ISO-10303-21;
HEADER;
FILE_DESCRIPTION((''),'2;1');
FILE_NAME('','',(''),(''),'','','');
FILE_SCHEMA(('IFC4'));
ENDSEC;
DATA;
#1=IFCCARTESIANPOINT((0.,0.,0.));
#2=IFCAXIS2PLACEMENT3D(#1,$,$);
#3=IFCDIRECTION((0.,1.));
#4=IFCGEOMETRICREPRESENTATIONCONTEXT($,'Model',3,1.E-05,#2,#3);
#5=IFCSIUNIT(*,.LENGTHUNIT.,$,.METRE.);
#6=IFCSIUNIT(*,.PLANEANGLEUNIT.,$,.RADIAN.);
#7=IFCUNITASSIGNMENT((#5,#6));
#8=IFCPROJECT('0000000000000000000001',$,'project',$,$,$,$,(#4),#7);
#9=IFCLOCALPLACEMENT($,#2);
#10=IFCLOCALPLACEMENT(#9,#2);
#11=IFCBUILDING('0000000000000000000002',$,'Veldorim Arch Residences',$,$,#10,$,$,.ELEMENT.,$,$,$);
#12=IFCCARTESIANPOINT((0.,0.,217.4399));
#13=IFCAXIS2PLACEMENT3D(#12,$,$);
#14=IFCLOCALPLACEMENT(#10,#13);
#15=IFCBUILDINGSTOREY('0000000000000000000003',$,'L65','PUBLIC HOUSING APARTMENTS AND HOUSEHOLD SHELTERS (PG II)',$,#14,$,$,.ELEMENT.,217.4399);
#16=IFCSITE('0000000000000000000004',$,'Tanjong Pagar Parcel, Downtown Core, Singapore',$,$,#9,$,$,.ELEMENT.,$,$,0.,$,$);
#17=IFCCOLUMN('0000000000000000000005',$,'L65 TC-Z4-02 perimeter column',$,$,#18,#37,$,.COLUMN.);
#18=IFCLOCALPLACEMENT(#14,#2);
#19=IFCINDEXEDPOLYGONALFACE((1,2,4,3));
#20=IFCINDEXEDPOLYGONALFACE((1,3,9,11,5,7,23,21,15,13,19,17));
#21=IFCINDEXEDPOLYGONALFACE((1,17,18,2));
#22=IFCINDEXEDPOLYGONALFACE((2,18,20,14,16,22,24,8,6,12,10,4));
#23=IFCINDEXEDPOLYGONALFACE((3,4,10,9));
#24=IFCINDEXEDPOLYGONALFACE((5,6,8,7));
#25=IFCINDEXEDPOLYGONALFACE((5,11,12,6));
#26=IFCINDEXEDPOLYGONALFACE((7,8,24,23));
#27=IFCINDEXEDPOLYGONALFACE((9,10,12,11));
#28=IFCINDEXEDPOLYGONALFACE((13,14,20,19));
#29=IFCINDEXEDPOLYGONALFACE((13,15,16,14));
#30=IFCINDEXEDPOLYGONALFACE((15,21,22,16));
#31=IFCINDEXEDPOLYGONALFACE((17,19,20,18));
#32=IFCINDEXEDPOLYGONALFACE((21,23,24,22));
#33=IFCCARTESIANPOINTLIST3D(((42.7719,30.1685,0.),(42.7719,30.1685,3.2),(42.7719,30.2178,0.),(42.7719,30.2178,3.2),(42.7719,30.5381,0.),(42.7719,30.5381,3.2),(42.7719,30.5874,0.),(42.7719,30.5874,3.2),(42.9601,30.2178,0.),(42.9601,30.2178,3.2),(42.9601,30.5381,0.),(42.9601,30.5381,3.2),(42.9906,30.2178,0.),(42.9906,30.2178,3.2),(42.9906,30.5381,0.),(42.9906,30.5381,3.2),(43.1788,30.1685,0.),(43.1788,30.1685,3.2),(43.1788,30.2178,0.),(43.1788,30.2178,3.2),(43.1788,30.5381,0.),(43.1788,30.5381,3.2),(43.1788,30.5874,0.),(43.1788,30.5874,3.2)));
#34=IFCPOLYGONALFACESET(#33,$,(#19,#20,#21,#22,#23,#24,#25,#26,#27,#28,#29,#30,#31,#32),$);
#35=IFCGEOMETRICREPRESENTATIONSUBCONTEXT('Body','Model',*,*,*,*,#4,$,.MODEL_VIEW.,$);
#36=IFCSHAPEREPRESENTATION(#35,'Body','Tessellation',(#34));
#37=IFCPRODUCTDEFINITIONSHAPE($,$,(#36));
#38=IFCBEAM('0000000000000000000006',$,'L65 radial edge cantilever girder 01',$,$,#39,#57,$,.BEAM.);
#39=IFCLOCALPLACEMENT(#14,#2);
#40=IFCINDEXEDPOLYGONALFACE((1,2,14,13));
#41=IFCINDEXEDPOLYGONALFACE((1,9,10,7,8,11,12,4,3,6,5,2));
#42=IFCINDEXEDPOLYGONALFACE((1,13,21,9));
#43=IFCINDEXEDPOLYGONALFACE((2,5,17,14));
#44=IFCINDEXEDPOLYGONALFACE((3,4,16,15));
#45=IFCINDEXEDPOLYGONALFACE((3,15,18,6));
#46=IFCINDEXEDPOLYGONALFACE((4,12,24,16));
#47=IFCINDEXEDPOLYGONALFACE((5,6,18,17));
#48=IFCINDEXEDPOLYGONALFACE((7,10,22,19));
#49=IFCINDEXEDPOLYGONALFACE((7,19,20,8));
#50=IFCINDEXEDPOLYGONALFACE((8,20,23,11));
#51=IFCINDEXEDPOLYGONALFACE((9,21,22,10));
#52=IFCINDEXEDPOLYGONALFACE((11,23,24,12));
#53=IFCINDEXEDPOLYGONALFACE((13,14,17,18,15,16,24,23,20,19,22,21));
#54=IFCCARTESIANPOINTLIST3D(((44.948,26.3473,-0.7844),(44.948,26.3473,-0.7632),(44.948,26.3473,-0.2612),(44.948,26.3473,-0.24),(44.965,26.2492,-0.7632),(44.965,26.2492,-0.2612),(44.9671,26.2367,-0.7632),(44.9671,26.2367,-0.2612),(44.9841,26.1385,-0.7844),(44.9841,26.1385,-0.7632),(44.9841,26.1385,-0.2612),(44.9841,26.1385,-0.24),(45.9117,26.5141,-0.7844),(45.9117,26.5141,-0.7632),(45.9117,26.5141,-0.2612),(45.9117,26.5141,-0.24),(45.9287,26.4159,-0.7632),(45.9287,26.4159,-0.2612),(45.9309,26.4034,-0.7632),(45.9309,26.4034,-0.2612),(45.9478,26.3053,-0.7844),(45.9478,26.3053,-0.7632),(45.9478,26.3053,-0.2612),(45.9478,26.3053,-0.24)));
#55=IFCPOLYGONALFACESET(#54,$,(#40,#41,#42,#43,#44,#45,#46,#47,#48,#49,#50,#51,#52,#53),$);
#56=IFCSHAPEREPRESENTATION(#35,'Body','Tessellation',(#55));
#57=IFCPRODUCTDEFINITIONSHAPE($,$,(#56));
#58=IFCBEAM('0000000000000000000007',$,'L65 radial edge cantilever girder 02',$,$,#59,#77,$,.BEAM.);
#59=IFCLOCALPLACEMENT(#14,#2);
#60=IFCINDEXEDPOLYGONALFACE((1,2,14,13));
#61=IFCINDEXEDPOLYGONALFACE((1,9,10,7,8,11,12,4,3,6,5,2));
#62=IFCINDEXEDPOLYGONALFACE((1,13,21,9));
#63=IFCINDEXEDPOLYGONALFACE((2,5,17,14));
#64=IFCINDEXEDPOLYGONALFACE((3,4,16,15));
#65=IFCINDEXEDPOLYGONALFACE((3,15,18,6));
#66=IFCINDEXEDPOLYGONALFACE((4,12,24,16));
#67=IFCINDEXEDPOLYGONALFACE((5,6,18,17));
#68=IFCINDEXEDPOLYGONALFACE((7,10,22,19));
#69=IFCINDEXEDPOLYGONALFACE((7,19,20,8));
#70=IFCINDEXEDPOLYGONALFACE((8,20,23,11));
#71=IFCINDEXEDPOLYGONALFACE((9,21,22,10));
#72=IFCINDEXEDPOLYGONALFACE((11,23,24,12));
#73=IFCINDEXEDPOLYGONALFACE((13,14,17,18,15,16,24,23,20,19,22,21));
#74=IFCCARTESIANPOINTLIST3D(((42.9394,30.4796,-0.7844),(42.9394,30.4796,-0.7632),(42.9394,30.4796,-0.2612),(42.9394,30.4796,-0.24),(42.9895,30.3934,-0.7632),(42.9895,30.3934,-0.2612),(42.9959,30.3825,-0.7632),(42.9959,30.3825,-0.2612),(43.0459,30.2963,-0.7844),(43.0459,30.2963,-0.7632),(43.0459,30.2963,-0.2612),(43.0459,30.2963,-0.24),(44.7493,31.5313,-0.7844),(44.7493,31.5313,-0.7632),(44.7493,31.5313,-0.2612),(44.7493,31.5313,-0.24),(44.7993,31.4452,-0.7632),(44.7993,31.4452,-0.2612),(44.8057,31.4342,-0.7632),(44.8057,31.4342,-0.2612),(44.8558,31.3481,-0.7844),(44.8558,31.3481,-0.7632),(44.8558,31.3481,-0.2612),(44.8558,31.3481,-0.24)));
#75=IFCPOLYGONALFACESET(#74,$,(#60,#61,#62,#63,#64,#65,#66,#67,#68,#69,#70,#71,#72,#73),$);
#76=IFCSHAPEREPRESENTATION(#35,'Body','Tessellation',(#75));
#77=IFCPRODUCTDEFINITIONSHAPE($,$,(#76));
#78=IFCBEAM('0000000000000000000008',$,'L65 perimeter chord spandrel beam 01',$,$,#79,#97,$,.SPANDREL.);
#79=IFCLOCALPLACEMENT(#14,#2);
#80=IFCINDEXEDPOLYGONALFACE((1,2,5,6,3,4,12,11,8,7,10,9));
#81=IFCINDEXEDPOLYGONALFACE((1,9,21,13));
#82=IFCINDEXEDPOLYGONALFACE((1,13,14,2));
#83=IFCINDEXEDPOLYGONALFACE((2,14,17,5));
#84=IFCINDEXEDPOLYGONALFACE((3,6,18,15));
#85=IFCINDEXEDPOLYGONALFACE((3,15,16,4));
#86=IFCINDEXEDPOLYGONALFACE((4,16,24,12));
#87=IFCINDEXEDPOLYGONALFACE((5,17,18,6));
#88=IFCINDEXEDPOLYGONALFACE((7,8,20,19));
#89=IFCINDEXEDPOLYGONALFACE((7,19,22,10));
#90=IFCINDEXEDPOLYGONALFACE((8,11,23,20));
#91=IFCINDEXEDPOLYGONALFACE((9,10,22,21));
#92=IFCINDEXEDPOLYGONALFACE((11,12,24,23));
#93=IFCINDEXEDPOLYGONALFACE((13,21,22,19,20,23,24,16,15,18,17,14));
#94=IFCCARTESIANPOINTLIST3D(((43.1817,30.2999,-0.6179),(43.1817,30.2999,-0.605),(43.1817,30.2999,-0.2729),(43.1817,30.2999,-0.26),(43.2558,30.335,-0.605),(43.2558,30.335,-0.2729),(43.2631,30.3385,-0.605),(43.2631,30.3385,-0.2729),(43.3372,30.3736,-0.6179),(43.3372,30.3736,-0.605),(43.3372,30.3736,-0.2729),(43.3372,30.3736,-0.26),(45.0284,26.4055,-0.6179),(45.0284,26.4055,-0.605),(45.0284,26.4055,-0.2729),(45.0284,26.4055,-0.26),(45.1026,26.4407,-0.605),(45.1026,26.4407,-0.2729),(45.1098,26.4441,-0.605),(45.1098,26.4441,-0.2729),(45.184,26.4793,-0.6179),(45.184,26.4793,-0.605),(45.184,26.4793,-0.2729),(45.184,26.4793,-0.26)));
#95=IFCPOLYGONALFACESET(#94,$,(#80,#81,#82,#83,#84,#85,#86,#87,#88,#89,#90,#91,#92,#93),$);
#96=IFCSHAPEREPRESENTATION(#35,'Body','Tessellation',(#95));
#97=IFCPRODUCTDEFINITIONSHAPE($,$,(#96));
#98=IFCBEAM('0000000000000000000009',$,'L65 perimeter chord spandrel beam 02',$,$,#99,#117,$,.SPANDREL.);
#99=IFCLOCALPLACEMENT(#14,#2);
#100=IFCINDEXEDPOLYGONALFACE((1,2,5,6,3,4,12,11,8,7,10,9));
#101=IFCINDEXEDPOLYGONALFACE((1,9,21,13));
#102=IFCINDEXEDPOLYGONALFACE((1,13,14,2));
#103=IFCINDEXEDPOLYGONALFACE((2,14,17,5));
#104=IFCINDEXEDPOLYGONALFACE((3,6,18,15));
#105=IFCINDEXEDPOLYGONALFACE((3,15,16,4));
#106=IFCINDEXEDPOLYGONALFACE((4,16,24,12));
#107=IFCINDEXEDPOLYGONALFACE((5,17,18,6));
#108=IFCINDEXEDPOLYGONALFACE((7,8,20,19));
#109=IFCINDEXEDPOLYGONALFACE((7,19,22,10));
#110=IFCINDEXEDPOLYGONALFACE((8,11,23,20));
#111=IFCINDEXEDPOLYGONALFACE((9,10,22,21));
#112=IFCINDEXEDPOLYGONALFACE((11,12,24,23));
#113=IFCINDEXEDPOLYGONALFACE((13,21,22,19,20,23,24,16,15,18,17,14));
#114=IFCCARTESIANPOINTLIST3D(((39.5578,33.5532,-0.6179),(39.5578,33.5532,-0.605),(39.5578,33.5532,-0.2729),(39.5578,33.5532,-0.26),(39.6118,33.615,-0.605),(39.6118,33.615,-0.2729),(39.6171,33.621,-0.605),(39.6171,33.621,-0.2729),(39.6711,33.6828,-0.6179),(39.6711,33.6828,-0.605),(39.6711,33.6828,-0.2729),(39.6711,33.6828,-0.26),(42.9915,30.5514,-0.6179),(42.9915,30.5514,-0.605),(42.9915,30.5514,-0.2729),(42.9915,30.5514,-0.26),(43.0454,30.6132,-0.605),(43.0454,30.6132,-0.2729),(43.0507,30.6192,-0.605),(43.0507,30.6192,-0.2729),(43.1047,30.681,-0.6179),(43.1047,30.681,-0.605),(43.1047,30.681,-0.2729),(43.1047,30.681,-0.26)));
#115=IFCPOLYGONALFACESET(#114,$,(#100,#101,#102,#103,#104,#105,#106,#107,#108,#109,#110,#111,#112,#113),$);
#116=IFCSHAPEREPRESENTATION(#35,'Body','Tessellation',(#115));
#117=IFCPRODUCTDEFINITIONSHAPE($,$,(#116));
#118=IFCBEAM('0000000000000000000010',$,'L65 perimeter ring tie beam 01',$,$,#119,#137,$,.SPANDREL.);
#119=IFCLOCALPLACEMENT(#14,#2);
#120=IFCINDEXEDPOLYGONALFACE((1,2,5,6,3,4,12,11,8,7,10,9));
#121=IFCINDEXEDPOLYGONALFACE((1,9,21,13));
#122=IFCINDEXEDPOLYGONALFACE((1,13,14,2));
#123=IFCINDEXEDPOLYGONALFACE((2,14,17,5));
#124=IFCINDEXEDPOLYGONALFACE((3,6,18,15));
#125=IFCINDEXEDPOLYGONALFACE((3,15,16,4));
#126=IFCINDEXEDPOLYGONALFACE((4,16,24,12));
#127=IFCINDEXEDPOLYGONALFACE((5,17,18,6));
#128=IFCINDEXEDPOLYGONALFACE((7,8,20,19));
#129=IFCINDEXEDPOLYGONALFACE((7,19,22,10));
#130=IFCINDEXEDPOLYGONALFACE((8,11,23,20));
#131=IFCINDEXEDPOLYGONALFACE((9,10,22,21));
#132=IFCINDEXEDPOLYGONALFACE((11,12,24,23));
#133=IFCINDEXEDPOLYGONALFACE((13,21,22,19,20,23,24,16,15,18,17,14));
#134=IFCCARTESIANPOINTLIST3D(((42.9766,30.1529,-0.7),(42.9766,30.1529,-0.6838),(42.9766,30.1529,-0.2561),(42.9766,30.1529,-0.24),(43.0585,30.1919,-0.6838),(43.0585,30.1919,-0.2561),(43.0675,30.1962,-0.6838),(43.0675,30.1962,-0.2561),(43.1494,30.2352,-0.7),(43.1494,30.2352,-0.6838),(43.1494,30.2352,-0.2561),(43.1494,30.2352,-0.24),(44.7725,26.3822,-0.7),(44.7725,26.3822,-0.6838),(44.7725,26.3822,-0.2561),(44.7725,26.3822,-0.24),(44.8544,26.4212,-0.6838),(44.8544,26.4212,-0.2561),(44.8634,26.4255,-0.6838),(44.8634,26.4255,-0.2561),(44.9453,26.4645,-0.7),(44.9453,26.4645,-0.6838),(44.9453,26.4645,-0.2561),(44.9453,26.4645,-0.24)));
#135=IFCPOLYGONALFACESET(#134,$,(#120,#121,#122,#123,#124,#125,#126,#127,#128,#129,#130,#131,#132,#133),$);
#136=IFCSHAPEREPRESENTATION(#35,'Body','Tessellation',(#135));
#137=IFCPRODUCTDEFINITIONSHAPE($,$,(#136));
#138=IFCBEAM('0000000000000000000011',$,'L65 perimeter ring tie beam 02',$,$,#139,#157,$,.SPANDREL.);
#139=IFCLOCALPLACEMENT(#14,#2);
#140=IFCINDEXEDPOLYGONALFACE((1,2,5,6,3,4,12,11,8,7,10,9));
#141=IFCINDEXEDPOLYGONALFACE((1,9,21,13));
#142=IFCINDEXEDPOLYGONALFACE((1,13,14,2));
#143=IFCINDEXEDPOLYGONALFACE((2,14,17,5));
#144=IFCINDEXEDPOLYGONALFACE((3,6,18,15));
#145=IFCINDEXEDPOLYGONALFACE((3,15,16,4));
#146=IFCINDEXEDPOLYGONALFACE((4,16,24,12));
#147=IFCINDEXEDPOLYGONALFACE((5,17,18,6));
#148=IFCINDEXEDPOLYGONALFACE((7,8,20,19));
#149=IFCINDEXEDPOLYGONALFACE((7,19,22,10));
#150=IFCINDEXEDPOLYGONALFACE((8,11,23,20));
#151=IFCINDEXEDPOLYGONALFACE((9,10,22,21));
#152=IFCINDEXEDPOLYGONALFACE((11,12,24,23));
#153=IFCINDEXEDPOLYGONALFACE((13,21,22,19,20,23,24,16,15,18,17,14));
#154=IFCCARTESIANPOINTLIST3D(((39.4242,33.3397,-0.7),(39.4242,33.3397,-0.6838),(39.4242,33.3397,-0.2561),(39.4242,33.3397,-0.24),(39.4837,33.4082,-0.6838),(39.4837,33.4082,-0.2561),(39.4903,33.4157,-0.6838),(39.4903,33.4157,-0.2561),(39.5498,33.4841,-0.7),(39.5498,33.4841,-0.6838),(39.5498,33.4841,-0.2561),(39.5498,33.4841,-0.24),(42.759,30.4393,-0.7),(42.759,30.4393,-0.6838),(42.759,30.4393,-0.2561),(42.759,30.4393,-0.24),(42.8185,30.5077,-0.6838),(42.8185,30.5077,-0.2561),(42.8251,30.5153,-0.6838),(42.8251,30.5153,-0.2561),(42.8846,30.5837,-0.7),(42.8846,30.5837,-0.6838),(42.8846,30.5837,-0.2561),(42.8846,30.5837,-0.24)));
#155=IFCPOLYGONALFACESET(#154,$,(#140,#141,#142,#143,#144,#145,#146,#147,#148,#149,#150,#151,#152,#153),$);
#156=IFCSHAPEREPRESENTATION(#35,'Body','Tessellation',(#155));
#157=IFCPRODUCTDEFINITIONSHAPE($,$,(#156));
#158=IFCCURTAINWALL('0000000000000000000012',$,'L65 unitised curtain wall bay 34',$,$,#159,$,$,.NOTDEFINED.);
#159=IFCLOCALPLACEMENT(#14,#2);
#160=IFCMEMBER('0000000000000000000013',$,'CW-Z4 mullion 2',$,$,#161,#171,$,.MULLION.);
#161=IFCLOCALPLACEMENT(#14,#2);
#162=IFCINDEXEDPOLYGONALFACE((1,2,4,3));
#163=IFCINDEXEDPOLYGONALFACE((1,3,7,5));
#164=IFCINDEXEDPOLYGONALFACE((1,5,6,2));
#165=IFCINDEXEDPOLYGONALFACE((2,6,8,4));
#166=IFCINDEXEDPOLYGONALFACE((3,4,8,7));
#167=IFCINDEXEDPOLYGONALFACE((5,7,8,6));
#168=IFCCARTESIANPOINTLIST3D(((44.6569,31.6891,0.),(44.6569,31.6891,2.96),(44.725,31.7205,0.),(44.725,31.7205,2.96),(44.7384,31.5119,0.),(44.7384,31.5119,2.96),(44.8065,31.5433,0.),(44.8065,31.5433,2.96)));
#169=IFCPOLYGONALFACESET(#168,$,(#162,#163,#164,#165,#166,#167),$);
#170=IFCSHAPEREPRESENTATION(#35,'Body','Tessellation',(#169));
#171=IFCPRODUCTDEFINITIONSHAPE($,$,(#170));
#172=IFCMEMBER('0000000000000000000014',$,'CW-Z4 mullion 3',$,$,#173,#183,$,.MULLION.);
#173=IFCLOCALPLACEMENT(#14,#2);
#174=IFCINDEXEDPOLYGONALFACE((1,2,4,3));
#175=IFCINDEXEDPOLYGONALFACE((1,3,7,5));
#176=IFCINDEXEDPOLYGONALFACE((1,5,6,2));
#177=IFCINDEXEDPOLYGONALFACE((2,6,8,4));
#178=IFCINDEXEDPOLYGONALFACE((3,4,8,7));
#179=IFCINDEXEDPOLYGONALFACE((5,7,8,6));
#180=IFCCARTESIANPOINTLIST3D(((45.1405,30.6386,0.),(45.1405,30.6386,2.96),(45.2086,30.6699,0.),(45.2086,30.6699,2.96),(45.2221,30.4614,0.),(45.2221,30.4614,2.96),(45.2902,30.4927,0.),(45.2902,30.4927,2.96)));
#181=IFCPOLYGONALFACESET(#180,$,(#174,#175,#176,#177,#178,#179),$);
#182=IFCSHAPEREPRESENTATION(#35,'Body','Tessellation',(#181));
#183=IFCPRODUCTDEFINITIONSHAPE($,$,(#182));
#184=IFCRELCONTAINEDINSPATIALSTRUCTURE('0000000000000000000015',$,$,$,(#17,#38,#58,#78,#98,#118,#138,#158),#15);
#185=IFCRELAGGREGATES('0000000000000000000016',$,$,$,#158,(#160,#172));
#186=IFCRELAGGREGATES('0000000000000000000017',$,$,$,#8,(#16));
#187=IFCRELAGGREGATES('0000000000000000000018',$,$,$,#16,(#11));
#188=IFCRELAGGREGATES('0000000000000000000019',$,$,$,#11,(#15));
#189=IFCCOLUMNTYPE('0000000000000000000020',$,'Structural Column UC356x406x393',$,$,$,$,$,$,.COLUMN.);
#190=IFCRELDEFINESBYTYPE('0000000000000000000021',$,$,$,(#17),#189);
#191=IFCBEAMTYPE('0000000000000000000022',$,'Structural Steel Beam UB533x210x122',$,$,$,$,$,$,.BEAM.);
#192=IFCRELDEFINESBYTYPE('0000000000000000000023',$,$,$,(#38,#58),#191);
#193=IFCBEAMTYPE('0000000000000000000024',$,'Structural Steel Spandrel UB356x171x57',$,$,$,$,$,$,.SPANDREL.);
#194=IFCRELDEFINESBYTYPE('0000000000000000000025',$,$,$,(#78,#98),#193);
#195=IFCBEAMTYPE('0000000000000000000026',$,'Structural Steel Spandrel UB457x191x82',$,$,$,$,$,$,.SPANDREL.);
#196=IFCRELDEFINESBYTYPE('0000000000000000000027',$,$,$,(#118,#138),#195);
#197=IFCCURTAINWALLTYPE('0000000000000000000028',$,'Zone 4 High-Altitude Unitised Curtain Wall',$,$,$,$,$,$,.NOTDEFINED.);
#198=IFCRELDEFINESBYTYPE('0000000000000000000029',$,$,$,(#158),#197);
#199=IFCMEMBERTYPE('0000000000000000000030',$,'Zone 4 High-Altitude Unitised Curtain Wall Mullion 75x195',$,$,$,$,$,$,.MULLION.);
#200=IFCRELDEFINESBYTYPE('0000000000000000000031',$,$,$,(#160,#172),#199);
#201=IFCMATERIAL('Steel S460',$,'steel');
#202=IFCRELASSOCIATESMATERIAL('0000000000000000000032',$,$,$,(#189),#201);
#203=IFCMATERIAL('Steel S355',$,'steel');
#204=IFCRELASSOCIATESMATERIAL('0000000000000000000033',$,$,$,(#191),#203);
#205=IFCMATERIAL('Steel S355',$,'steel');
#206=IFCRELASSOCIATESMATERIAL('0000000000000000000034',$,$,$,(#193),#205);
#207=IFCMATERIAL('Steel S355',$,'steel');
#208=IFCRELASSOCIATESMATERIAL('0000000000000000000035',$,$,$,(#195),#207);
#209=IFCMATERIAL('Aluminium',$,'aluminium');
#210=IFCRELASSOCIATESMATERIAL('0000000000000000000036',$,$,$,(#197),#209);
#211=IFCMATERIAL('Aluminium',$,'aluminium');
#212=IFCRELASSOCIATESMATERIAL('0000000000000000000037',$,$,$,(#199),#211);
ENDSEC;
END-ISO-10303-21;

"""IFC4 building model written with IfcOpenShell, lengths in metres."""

from ifc_helpers import new_model, si_unit, direction, frame, origin, origin_2d, place, context, subcontext, project, spatial, rectangle, i_section, extrude, material, material_profile, profile_set, type_object, element, aggregate, save


model = new_model("IFC4")

# Units and contexts
model_context = context("Model", 3, precision=1e-05, world=origin(), true_north=direction((0.0, 1.0)))
body_context = subcontext(model_context, "Body", "Model", "MODEL_VIEW")
ifc_project = project(units=[si_unit("LENGTHUNIT", "METRE"), si_unit("PLANEANGLEUNIT", "RADIAN")], contexts=[model_context])

# Site, building, storey
site_placement = place(None, origin())
site = spatial("IfcSite", under=ifc_project, at=site_placement, Name="Tanjong Pagar Parcel, Downtown Core, Singapore", CompositionType="ELEMENT", RefElevation=0.0)
building_placement = place(site_placement, origin())
building = spatial("IfcBuilding", under=site, at=building_placement, Name="Veldorim Arch Residences", CompositionType="ELEMENT")
storey_placement = place(building_placement, frame((0.0, 0.0, 217.4399)))
storey = spatial("IfcBuildingStorey", under=building, at=storey_placement, Name="L65", Description="PUBLIC HOUSING APARTMENTS AND HOUSEHOLD SHELTERS (PG II)", CompositionType="ELEMENT", Elevation=217.4399)

# Column
ifc_material_1 = material(Name="Steel S460", Category="steel")
ifc_material_profile_1 = material_profile(ifc_material_1, i_section(OverallWidth=0.407, OverallDepth=0.4189, WebThickness=0.0305, FlangeThickness=0.0493, at=origin_2d()), Name="UC356x406x393")
ifc_profile_set_1 = profile_set([ifc_material_profile_1], Name="Steel S460")
column_type = type_object("IfcColumnType", Name="Structural Column UC356x406x393", PredefinedType="COLUMN", material=ifc_profile_set_1)
column_placement = place(storey_placement, frame((42.9753, 30.3779, 0.0), z_axis=(0.0, 0.0, 1.0), x_axis=(1.0, 0.0, 0.0)))
element("IfcColumn", 1, at=column_placement, inside=storey, type_object=column_type, Name="L65 TC-Z4-02 perimeter column", PredefinedType="COLUMN", context=body_context, shape_type="SweptSolid", body=[
    extrude(i_section(OverallWidth=0.407, OverallDepth=0.4189, WebThickness=0.0305, FlangeThickness=0.0493, at=origin_2d()), origin(), (0.0, 0.0, 1.0), 3.2),
])

# Beams
ifc_material_2 = material(Name="Steel S355", Category="steel")
ifc_material_profile_2 = material_profile(ifc_material_2, i_section(OverallWidth=0.2119, OverallDepth=0.5444, WebThickness=0.0127, FlangeThickness=0.0212, at=origin_2d()), Name="UB533x210x122")
ifc_profile_set_2 = profile_set([ifc_material_profile_2], Name="Steel S355")
beam_type_1 = type_object("IfcBeamType", Name="Structural Steel Beam UB533x210x122", PredefinedType="BEAM", material=ifc_profile_set_2)
beam_1_placement = place(storey_placement, frame((44.9661, 26.2429, -0.5122), z_axis=(0.985356, 0.170509, 0.0), x_axis=(-0.170509, 0.985356, 0.0)))
element("IfcBeam", 2, at=beam_1_placement, inside=storey, type_object=beam_type_1, Name="L65 radial edge cantilever girder 01", PredefinedType="BEAM", context=body_context, shape_type="SweptSolid", body=[
    extrude(i_section(OverallWidth=0.2119, OverallDepth=0.5444, WebThickness=0.0127, FlangeThickness=0.0212, at=origin_2d()), origin(), (0.0, 0.0, 1.0), 0.978),
])
beam_2_placement = place(storey_placement, frame((42.9927, 30.3879, -0.5122), z_axis=(0.864603, 0.502456, 0.0), x_axis=(-0.502456, 0.864603, 0.0)))
element("IfcBeam", 3, at=beam_2_placement, inside=storey, type_object=beam_type_1, Name="L65 radial edge cantilever girder 02", PredefinedType="BEAM", context=body_context, shape_type="SweptSolid", body=[
    extrude(i_section(OverallWidth=0.2119, OverallDepth=0.5444, WebThickness=0.0127, FlangeThickness=0.0212, at=origin_2d()), origin(), (0.0, 0.0, 1.0), 2.0933),
])
ifc_material_3 = material(Name="Steel S355", Category="steel")
ifc_material_profile_3 = material_profile(ifc_material_3, i_section(OverallWidth=0.1721, OverallDepth=0.3579, WebThickness=0.0081, FlangeThickness=0.0129, at=origin_2d()), Name="UB356x171x57")
ifc_profile_set_3 = profile_set([ifc_material_profile_3], Name="Steel S355")
beam_type_2 = type_object("IfcBeamType", Name="Structural Steel Spandrel UB356x171x57", PredefinedType="SPANDREL", material=ifc_profile_set_3)
beam_3_placement = place(storey_placement, frame((45.1062, 26.4424, -0.439), z_axis=(-0.428469, 0.903557, 0.0), x_axis=(-0.903557, -0.428469, 0.0)))
element("IfcBeam", 4, at=beam_3_placement, inside=storey, type_object=beam_type_2, Name="L65 perimeter chord spandrel beam 01", PredefinedType="SPANDREL", context=body_context, shape_type="SweptSolid", body=[
    extrude(i_section(OverallWidth=0.1721, OverallDepth=0.3579, WebThickness=0.0081, FlangeThickness=0.0129, at=origin_2d()), origin(), (0.0, 0.0, 1.0), 4.3101),
])
beam_4_placement = place(storey_placement, frame((43.0481, 30.6162, -0.439), z_axis=(-0.752868, 0.658171, 0.0), x_axis=(-0.658171, -0.752868, 0.0)))
element("IfcBeam", 5, at=beam_4_placement, inside=storey, type_object=beam_type_2, Name="L65 perimeter chord spandrel beam 02", PredefinedType="SPANDREL", context=body_context, shape_type="SweptSolid", body=[
    extrude(i_section(OverallWidth=0.1721, OverallDepth=0.3579, WebThickness=0.0081, FlangeThickness=0.0129, at=origin_2d()), origin(), (0.0, 0.0, 1.0), 4.5608),
])
ifc_material_4 = material(Name="Steel S355", Category="steel")
ifc_material_profile_4 = material_profile(ifc_material_4, i_section(OverallWidth=0.1914, OverallDepth=0.46, WebThickness=0.01, FlangeThickness=0.0161, at=origin_2d()), Name="UB457x191x82")
ifc_profile_set_4 = profile_set([ifc_material_profile_4], Name="Steel S355")
beam_type_3 = type_object("IfcBeamType", Name="Structural Steel Spandrel UB457x191x82", PredefinedType="SPANDREL", material=ifc_profile_set_4)
beam_5_placement = place(storey_placement, frame((44.8589, 26.4233, -0.47), z_axis=(-0.429993, 0.902832, 0.0), x_axis=(-0.902832, -0.429993, 0.0)))
element("IfcBeam", 6, at=beam_5_placement, inside=storey, type_object=beam_type_3, Name="L65 perimeter ring tie beam 01", PredefinedType="SPANDREL", context=body_context, shape_type="SweptSolid", body=[
    extrude(i_section(OverallWidth=0.1914, OverallDepth=0.46, WebThickness=0.01, FlangeThickness=0.0161, at=origin_2d()), origin(), (0.0, 0.0, 1.0), 4.1765),
])
beam_6_placement = place(storey_placement, frame((42.8218, 30.5115, -0.47), z_axis=(-0.754534, 0.656261, 0.0), x_axis=(-0.656261, -0.754534, 0.0)))
element("IfcBeam", 7, at=beam_6_placement, inside=storey, type_object=beam_type_3, Name="L65 perimeter ring tie beam 02", PredefinedType="SPANDREL", context=body_context, shape_type="SweptSolid", body=[
    extrude(i_section(OverallWidth=0.1914, OverallDepth=0.46, WebThickness=0.01, FlangeThickness=0.0161, at=origin_2d()), origin(), (0.0, 0.0, 1.0), 4.4197),
])

# Curtain wall, members
ifc_material_5 = material(Name="Aluminium", Category="aluminium")
curtain_wall_type = type_object("IfcCurtainWallType", Name="Zone 4 High-Altitude Unitised Curtain Wall", PredefinedType="NOTDEFINED", material=ifc_material_5)
curtain_wall_placement = place(storey_placement, origin())
curtain_wall = element("IfcCurtainWall", 8, at=curtain_wall_placement, inside=storey, type_object=curtain_wall_type, Name="L65 unitised curtain wall bay 34", PredefinedType="NOTDEFINED")
ifc_material_6 = material(Name="Aluminium", Category="aluminium")
ifc_material_profile_5 = material_profile(ifc_material_6, rectangle(XDim=0.075, YDim=0.1951, at=origin_2d()), Name="ALU_MUL_75x195")
ifc_profile_set_5 = profile_set([ifc_material_profile_5], Name="Aluminium")
member_type_1 = type_object("IfcMemberType", Name="Zone 4 High-Altitude Unitised Curtain Wall Mullion 75x195", PredefinedType="MULLION", material=ifc_profile_set_5)
member_1_placement = place(storey_placement, frame((44.7317, 31.6162, 0.0), z_axis=(0.0, 0.0, 1.0), x_axis=(0.9084, 0.418102, 0.0)))
member_1 = element("IfcMember", 9, at=member_1_placement, type_object=member_type_1, Name="CW-Z4 mullion 2", PredefinedType="MULLION", context=body_context, shape_type="SweptSolid", body=[
    extrude(rectangle(XDim=0.075, YDim=0.1951, at=origin_2d()), origin(), (0.0, 0.0, 1.0), 2.96),
])
member_2_placement = place(storey_placement, frame((45.2153, 30.5657, 0.0), z_axis=(0.0, 0.0, 1.0), x_axis=(0.9084, 0.418102, 0.0)))
member_2 = element("IfcMember", 10, at=member_2_placement, type_object=member_type_1, Name="CW-Z4 mullion 3", PredefinedType="MULLION", context=body_context, shape_type="SweptSolid", body=[
    extrude(rectangle(XDim=0.075, YDim=0.1951, at=origin_2d()), origin(), (0.0, 0.0, 1.0), 2.96),
])
aggregate(curtain_wall, [member_1, member_2])

save(model, "model.ifc")
